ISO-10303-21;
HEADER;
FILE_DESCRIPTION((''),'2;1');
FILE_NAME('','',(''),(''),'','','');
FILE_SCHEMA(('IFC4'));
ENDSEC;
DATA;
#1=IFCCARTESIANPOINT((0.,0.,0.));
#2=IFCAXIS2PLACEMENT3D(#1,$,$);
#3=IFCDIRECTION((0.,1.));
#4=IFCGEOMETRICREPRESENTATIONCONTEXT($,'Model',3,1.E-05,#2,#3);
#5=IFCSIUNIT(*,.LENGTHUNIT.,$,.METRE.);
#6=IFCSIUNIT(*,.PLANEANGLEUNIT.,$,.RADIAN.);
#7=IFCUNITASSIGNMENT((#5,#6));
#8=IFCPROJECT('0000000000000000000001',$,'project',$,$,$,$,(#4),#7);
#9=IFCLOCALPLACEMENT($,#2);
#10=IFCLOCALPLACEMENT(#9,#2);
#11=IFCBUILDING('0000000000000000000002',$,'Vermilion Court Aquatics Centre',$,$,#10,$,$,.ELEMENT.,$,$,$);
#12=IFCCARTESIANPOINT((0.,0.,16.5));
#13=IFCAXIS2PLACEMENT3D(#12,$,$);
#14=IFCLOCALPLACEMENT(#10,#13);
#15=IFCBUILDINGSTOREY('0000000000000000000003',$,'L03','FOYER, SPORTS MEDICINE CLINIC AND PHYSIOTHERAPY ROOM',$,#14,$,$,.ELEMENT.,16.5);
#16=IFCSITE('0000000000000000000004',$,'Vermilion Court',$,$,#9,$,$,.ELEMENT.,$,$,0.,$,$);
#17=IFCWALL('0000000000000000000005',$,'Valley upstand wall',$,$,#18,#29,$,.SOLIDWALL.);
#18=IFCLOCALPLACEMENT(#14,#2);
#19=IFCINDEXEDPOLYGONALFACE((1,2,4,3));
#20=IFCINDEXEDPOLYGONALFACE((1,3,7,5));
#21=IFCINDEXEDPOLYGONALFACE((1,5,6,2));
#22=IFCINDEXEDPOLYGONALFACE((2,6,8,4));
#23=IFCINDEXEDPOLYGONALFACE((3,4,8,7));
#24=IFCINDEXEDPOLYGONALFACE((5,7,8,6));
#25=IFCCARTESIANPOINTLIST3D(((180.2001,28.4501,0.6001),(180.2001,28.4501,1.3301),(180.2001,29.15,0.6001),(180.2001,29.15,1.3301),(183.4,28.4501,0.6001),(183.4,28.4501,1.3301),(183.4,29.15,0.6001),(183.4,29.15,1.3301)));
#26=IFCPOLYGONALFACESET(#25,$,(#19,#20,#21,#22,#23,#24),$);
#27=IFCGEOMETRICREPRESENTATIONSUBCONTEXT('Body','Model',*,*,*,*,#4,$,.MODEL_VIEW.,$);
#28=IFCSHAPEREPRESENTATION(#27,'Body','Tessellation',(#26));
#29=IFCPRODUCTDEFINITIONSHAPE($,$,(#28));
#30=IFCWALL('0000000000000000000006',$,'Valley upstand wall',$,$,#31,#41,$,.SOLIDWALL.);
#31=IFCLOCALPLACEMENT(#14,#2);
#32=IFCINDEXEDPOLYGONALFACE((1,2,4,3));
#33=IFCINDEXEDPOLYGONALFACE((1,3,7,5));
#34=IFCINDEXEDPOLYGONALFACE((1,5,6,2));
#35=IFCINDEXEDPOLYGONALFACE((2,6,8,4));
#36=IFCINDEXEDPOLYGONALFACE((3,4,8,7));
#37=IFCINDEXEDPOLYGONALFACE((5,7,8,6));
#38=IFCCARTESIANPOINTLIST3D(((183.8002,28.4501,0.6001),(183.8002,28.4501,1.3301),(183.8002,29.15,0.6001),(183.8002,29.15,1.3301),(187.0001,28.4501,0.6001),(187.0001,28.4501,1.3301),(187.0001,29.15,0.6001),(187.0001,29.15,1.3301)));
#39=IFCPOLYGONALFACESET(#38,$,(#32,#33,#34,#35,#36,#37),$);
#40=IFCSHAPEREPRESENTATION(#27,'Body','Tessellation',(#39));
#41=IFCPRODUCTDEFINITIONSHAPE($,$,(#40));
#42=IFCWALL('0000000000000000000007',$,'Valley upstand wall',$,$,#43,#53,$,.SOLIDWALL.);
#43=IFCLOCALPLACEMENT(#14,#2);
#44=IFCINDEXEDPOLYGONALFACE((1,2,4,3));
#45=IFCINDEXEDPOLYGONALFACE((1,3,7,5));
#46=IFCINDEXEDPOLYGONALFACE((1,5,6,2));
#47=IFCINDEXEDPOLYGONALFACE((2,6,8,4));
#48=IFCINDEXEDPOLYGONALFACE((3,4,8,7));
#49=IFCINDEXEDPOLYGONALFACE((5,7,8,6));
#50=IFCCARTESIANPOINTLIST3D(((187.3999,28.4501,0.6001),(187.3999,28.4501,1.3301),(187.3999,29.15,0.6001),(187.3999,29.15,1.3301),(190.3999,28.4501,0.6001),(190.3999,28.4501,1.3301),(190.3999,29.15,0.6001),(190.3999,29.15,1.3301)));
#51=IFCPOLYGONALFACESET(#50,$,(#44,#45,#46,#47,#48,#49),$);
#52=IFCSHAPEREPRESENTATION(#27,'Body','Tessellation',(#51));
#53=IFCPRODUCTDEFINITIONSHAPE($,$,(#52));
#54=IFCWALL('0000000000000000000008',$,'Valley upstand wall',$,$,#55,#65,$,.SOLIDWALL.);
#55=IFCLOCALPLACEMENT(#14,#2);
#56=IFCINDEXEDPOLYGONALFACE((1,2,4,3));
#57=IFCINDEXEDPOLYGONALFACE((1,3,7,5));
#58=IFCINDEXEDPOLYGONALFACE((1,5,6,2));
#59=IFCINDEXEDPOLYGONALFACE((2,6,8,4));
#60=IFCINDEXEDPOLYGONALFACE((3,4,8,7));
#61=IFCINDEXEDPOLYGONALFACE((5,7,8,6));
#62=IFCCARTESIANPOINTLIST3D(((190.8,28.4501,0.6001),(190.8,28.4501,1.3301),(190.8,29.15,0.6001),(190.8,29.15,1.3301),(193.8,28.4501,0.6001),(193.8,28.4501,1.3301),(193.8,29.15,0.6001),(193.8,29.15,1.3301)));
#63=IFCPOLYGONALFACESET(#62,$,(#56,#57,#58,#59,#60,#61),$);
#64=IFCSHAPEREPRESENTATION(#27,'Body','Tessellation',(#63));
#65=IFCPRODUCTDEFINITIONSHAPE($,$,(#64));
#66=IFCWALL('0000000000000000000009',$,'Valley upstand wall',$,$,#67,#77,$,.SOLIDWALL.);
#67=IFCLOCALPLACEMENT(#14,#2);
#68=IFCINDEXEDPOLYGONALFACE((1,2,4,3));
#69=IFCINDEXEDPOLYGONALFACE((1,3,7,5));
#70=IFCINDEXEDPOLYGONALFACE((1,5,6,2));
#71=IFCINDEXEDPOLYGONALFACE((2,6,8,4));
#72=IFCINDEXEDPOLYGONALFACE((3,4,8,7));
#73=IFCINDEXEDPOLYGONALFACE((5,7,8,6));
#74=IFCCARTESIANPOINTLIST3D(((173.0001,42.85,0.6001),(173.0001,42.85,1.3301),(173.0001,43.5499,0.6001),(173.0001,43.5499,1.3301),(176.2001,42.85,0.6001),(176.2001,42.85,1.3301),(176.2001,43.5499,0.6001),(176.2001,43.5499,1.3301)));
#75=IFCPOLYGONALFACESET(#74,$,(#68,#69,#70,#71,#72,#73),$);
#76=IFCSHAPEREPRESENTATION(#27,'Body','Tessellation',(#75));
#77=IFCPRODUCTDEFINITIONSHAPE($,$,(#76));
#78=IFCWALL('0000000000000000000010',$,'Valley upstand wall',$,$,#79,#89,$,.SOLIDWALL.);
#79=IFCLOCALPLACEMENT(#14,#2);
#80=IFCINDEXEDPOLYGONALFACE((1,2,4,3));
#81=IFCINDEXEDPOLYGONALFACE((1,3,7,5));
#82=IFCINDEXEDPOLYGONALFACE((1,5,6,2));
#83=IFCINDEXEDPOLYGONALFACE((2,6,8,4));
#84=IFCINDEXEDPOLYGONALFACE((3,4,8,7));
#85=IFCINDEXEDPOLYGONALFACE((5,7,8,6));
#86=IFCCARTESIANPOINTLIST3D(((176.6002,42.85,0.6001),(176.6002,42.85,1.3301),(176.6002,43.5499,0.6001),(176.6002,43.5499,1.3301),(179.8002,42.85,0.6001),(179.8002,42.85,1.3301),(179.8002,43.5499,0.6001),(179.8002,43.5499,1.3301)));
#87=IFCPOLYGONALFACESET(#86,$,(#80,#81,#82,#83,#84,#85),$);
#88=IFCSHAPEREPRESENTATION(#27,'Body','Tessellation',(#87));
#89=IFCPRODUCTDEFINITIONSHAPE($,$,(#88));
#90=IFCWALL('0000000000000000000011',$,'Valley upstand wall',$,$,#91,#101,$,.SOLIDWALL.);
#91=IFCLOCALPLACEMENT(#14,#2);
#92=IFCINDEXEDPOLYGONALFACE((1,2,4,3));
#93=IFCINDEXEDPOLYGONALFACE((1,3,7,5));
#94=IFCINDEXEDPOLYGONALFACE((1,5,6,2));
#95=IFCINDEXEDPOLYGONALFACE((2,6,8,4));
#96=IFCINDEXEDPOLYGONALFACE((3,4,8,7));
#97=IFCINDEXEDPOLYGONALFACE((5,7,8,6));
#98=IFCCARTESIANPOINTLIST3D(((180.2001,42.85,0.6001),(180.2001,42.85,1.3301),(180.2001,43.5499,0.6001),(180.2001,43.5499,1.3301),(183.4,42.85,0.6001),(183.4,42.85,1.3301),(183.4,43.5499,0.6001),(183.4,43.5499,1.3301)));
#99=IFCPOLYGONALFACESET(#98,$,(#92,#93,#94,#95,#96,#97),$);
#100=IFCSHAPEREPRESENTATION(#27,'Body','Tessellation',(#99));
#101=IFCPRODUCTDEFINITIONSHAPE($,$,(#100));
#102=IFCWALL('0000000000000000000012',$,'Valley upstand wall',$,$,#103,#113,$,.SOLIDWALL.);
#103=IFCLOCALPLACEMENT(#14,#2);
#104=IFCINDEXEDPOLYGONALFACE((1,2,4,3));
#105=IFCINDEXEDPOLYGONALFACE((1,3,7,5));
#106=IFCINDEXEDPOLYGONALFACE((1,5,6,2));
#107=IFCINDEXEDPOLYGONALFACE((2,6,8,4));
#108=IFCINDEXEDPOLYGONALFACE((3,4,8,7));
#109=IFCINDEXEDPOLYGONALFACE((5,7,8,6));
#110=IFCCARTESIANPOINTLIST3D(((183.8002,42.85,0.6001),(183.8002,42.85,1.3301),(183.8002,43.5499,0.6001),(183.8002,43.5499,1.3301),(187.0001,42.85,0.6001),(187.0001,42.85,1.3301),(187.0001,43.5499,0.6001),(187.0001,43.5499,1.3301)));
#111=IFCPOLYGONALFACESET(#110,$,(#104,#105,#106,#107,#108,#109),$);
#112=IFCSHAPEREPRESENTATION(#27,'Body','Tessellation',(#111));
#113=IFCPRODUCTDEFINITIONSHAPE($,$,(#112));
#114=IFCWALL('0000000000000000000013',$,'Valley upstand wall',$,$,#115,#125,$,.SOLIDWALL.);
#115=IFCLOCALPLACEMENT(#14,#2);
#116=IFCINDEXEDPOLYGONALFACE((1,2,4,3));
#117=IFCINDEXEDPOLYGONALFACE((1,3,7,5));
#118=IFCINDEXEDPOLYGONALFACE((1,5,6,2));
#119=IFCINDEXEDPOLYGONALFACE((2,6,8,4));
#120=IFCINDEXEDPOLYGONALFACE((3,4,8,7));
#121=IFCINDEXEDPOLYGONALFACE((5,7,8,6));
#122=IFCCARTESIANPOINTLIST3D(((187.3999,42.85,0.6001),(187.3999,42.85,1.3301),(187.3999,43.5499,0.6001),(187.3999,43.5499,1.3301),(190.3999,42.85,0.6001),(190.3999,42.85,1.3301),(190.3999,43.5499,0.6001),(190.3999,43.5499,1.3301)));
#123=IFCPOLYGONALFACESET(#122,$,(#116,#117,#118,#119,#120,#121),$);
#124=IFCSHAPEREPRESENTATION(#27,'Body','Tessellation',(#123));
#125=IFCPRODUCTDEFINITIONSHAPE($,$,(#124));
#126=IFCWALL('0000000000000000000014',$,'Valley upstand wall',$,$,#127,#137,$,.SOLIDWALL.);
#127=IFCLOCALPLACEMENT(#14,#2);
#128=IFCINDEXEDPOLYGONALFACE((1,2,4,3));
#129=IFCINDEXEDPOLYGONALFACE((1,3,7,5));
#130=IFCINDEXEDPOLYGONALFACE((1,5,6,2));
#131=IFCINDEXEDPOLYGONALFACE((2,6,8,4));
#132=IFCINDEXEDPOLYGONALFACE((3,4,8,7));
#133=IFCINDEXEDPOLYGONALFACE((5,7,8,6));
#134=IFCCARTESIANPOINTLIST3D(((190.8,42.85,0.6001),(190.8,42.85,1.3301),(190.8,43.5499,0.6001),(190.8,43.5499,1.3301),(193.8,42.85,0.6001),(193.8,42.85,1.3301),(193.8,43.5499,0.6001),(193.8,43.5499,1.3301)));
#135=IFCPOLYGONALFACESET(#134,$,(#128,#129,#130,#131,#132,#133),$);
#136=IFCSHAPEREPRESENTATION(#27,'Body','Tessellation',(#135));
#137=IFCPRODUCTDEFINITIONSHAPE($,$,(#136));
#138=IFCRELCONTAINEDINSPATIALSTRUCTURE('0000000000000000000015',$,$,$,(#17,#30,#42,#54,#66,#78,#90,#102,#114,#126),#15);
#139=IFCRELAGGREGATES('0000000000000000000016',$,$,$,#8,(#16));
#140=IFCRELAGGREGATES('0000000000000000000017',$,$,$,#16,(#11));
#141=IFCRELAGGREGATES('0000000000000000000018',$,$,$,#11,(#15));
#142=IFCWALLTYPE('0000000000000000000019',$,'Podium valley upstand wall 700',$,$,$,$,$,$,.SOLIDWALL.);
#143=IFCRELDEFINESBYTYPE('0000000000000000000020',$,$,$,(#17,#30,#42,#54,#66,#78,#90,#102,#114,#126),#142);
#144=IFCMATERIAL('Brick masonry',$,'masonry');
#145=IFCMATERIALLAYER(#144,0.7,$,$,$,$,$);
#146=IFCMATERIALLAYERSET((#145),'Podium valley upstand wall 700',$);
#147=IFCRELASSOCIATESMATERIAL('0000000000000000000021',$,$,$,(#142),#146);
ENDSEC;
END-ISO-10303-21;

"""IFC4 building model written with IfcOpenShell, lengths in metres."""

from ifc_helpers import new_model, si_unit, direction, frame, frame_2d, origin, place, context, subcontext, project, spatial, rectangle, extrude, material, layer, layer_set, type_object, element, save


model = new_model("IFC4")

# Units and contexts
model_context = context("Model", 3, precision=1e-05, world=origin(), true_north=direction((0.0, 1.0)))
body_context = subcontext(model_context, "Body", "Model", "MODEL_VIEW")
ifc_project = project(units=[si_unit("LENGTHUNIT", "METRE"), si_unit("PLANEANGLEUNIT", "RADIAN")], contexts=[model_context])

# Site, building, storey
site_placement = place(None, origin())
site = spatial("IfcSite", under=ifc_project, at=site_placement, Name="Vermilion Court", CompositionType="ELEMENT", RefElevation=0.0)
building_placement = place(site_placement, origin())
building = spatial("IfcBuilding", under=site, at=building_placement, Name="Vermilion Court Aquatics Centre", CompositionType="ELEMENT")
storey_placement = place(building_placement, frame((0.0, 0.0, 16.5)))
storey = spatial("IfcBuildingStorey", under=building, at=storey_placement, Name="L03", Description="FOYER, SPORTS MEDICINE CLINIC AND PHYSIOTHERAPY ROOM", CompositionType="ELEMENT", Elevation=16.5)

# Walls
ifc_material_1 = material(Name="Brick masonry", Category="masonry")
ifc_layer_1 = layer(ifc_material_1, 0.7)
ifc_layer_set_1 = layer_set([ifc_layer_1], Name="Podium valley upstand wall 700")
wall_type_1 = type_object("IfcWallType", Name="Podium valley upstand wall 700", PredefinedType="SOLIDWALL", material=ifc_layer_set_1)
for number, where, z_axis, x_axis, name in (
    (1, (180.2, 28.8, 0.6001), (0.0, 0.0, 1.0), (1.0, 0.0, 0.0), "Valley upstand wall"),
    (2, (183.8, 28.8, 0.6001), (0.0, 0.0, 1.0), (1.0, 0.0, 0.0), "Valley upstand wall"),
):
    element("IfcWall", number, at=place(storey_placement, frame(where, z_axis=z_axis, x_axis=x_axis)), inside=storey, type_object=wall_type_1, Name=name, PredefinedType="SOLIDWALL", context=body_context, shape_type="SweptSolid", body=[
        extrude(rectangle(XDim=3.2, YDim=0.7, at=frame_2d((1.6001, 0.0))), origin(), (0.0, 0.0, 1.0), 0.73),
    ])
for number, where, z_axis, x_axis, name in (
    (3, (187.3999, 28.8, 0.6001), (0.0, 0.0, 1.0), (1.0, 0.0, 0.0), "Valley upstand wall"),
    (4, (190.8, 28.8, 0.6001), (0.0, 0.0, 1.0), (1.0, 0.0, 0.0), "Valley upstand wall"),
):
    element("IfcWall", number, at=place(storey_placement, frame(where, z_axis=z_axis, x_axis=x_axis)), inside=storey, type_object=wall_type_1, Name=name, PredefinedType="SOLIDWALL", context=body_context, shape_type="SweptSolid", body=[
        extrude(rectangle(XDim=3.0, YDim=0.7, at=frame_2d((1.5, 0.0))), origin(), (0.0, 0.0, 1.0), 0.73),
    ])
for number, where, z_axis, x_axis, name in (
    (5, (173.0, 43.2, 0.6001), (0.0, 0.0, 1.0), (1.0, 0.0, 0.0), "Valley upstand wall"),
    (6, (176.6001, 43.2, 0.6001), (0.0, 0.0, 1.0), (1.0, 0.0, 0.0), "Valley upstand wall"),
    (7, (180.2, 43.2, 0.6001), (0.0, 0.0, 1.0), (1.0, 0.0, 0.0), "Valley upstand wall"),
    (8, (183.8, 43.2, 0.6001), (0.0, 0.0, 1.0), (1.0, 0.0, 0.0), "Valley upstand wall"),
):
    element("IfcWall", number, at=place(storey_placement, frame(where, z_axis=z_axis, x_axis=x_axis)), inside=storey, type_object=wall_type_1, Name=name, PredefinedType="SOLIDWALL", context=body_context, shape_type="SweptSolid", body=[
        extrude(rectangle(XDim=3.2, YDim=0.7, at=frame_2d((1.6001, 0.0))), origin(), (0.0, 0.0, 1.0), 0.73),
    ])
for number, where, z_axis, x_axis, name in (
    (9, (187.3999, 43.2, 0.6001), (0.0, 0.0, 1.0), (1.0, 0.0, 0.0), "Valley upstand wall"),
    (10, (190.8, 43.2, 0.6001), (0.0, 0.0, 1.0), (1.0, 0.0, 0.0), "Valley upstand wall"),
):
    element("IfcWall", number, at=place(storey_placement, frame(where, z_axis=z_axis, x_axis=x_axis)), inside=storey, type_object=wall_type_1, Name=name, PredefinedType="SOLIDWALL", context=body_context, shape_type="SweptSolid", body=[
        extrude(rectangle(XDim=3.0, YDim=0.7, at=frame_2d((1.5, 0.0))), origin(), (0.0, 0.0, 1.0), 0.73),
    ])

save(model, "model.ifc")
